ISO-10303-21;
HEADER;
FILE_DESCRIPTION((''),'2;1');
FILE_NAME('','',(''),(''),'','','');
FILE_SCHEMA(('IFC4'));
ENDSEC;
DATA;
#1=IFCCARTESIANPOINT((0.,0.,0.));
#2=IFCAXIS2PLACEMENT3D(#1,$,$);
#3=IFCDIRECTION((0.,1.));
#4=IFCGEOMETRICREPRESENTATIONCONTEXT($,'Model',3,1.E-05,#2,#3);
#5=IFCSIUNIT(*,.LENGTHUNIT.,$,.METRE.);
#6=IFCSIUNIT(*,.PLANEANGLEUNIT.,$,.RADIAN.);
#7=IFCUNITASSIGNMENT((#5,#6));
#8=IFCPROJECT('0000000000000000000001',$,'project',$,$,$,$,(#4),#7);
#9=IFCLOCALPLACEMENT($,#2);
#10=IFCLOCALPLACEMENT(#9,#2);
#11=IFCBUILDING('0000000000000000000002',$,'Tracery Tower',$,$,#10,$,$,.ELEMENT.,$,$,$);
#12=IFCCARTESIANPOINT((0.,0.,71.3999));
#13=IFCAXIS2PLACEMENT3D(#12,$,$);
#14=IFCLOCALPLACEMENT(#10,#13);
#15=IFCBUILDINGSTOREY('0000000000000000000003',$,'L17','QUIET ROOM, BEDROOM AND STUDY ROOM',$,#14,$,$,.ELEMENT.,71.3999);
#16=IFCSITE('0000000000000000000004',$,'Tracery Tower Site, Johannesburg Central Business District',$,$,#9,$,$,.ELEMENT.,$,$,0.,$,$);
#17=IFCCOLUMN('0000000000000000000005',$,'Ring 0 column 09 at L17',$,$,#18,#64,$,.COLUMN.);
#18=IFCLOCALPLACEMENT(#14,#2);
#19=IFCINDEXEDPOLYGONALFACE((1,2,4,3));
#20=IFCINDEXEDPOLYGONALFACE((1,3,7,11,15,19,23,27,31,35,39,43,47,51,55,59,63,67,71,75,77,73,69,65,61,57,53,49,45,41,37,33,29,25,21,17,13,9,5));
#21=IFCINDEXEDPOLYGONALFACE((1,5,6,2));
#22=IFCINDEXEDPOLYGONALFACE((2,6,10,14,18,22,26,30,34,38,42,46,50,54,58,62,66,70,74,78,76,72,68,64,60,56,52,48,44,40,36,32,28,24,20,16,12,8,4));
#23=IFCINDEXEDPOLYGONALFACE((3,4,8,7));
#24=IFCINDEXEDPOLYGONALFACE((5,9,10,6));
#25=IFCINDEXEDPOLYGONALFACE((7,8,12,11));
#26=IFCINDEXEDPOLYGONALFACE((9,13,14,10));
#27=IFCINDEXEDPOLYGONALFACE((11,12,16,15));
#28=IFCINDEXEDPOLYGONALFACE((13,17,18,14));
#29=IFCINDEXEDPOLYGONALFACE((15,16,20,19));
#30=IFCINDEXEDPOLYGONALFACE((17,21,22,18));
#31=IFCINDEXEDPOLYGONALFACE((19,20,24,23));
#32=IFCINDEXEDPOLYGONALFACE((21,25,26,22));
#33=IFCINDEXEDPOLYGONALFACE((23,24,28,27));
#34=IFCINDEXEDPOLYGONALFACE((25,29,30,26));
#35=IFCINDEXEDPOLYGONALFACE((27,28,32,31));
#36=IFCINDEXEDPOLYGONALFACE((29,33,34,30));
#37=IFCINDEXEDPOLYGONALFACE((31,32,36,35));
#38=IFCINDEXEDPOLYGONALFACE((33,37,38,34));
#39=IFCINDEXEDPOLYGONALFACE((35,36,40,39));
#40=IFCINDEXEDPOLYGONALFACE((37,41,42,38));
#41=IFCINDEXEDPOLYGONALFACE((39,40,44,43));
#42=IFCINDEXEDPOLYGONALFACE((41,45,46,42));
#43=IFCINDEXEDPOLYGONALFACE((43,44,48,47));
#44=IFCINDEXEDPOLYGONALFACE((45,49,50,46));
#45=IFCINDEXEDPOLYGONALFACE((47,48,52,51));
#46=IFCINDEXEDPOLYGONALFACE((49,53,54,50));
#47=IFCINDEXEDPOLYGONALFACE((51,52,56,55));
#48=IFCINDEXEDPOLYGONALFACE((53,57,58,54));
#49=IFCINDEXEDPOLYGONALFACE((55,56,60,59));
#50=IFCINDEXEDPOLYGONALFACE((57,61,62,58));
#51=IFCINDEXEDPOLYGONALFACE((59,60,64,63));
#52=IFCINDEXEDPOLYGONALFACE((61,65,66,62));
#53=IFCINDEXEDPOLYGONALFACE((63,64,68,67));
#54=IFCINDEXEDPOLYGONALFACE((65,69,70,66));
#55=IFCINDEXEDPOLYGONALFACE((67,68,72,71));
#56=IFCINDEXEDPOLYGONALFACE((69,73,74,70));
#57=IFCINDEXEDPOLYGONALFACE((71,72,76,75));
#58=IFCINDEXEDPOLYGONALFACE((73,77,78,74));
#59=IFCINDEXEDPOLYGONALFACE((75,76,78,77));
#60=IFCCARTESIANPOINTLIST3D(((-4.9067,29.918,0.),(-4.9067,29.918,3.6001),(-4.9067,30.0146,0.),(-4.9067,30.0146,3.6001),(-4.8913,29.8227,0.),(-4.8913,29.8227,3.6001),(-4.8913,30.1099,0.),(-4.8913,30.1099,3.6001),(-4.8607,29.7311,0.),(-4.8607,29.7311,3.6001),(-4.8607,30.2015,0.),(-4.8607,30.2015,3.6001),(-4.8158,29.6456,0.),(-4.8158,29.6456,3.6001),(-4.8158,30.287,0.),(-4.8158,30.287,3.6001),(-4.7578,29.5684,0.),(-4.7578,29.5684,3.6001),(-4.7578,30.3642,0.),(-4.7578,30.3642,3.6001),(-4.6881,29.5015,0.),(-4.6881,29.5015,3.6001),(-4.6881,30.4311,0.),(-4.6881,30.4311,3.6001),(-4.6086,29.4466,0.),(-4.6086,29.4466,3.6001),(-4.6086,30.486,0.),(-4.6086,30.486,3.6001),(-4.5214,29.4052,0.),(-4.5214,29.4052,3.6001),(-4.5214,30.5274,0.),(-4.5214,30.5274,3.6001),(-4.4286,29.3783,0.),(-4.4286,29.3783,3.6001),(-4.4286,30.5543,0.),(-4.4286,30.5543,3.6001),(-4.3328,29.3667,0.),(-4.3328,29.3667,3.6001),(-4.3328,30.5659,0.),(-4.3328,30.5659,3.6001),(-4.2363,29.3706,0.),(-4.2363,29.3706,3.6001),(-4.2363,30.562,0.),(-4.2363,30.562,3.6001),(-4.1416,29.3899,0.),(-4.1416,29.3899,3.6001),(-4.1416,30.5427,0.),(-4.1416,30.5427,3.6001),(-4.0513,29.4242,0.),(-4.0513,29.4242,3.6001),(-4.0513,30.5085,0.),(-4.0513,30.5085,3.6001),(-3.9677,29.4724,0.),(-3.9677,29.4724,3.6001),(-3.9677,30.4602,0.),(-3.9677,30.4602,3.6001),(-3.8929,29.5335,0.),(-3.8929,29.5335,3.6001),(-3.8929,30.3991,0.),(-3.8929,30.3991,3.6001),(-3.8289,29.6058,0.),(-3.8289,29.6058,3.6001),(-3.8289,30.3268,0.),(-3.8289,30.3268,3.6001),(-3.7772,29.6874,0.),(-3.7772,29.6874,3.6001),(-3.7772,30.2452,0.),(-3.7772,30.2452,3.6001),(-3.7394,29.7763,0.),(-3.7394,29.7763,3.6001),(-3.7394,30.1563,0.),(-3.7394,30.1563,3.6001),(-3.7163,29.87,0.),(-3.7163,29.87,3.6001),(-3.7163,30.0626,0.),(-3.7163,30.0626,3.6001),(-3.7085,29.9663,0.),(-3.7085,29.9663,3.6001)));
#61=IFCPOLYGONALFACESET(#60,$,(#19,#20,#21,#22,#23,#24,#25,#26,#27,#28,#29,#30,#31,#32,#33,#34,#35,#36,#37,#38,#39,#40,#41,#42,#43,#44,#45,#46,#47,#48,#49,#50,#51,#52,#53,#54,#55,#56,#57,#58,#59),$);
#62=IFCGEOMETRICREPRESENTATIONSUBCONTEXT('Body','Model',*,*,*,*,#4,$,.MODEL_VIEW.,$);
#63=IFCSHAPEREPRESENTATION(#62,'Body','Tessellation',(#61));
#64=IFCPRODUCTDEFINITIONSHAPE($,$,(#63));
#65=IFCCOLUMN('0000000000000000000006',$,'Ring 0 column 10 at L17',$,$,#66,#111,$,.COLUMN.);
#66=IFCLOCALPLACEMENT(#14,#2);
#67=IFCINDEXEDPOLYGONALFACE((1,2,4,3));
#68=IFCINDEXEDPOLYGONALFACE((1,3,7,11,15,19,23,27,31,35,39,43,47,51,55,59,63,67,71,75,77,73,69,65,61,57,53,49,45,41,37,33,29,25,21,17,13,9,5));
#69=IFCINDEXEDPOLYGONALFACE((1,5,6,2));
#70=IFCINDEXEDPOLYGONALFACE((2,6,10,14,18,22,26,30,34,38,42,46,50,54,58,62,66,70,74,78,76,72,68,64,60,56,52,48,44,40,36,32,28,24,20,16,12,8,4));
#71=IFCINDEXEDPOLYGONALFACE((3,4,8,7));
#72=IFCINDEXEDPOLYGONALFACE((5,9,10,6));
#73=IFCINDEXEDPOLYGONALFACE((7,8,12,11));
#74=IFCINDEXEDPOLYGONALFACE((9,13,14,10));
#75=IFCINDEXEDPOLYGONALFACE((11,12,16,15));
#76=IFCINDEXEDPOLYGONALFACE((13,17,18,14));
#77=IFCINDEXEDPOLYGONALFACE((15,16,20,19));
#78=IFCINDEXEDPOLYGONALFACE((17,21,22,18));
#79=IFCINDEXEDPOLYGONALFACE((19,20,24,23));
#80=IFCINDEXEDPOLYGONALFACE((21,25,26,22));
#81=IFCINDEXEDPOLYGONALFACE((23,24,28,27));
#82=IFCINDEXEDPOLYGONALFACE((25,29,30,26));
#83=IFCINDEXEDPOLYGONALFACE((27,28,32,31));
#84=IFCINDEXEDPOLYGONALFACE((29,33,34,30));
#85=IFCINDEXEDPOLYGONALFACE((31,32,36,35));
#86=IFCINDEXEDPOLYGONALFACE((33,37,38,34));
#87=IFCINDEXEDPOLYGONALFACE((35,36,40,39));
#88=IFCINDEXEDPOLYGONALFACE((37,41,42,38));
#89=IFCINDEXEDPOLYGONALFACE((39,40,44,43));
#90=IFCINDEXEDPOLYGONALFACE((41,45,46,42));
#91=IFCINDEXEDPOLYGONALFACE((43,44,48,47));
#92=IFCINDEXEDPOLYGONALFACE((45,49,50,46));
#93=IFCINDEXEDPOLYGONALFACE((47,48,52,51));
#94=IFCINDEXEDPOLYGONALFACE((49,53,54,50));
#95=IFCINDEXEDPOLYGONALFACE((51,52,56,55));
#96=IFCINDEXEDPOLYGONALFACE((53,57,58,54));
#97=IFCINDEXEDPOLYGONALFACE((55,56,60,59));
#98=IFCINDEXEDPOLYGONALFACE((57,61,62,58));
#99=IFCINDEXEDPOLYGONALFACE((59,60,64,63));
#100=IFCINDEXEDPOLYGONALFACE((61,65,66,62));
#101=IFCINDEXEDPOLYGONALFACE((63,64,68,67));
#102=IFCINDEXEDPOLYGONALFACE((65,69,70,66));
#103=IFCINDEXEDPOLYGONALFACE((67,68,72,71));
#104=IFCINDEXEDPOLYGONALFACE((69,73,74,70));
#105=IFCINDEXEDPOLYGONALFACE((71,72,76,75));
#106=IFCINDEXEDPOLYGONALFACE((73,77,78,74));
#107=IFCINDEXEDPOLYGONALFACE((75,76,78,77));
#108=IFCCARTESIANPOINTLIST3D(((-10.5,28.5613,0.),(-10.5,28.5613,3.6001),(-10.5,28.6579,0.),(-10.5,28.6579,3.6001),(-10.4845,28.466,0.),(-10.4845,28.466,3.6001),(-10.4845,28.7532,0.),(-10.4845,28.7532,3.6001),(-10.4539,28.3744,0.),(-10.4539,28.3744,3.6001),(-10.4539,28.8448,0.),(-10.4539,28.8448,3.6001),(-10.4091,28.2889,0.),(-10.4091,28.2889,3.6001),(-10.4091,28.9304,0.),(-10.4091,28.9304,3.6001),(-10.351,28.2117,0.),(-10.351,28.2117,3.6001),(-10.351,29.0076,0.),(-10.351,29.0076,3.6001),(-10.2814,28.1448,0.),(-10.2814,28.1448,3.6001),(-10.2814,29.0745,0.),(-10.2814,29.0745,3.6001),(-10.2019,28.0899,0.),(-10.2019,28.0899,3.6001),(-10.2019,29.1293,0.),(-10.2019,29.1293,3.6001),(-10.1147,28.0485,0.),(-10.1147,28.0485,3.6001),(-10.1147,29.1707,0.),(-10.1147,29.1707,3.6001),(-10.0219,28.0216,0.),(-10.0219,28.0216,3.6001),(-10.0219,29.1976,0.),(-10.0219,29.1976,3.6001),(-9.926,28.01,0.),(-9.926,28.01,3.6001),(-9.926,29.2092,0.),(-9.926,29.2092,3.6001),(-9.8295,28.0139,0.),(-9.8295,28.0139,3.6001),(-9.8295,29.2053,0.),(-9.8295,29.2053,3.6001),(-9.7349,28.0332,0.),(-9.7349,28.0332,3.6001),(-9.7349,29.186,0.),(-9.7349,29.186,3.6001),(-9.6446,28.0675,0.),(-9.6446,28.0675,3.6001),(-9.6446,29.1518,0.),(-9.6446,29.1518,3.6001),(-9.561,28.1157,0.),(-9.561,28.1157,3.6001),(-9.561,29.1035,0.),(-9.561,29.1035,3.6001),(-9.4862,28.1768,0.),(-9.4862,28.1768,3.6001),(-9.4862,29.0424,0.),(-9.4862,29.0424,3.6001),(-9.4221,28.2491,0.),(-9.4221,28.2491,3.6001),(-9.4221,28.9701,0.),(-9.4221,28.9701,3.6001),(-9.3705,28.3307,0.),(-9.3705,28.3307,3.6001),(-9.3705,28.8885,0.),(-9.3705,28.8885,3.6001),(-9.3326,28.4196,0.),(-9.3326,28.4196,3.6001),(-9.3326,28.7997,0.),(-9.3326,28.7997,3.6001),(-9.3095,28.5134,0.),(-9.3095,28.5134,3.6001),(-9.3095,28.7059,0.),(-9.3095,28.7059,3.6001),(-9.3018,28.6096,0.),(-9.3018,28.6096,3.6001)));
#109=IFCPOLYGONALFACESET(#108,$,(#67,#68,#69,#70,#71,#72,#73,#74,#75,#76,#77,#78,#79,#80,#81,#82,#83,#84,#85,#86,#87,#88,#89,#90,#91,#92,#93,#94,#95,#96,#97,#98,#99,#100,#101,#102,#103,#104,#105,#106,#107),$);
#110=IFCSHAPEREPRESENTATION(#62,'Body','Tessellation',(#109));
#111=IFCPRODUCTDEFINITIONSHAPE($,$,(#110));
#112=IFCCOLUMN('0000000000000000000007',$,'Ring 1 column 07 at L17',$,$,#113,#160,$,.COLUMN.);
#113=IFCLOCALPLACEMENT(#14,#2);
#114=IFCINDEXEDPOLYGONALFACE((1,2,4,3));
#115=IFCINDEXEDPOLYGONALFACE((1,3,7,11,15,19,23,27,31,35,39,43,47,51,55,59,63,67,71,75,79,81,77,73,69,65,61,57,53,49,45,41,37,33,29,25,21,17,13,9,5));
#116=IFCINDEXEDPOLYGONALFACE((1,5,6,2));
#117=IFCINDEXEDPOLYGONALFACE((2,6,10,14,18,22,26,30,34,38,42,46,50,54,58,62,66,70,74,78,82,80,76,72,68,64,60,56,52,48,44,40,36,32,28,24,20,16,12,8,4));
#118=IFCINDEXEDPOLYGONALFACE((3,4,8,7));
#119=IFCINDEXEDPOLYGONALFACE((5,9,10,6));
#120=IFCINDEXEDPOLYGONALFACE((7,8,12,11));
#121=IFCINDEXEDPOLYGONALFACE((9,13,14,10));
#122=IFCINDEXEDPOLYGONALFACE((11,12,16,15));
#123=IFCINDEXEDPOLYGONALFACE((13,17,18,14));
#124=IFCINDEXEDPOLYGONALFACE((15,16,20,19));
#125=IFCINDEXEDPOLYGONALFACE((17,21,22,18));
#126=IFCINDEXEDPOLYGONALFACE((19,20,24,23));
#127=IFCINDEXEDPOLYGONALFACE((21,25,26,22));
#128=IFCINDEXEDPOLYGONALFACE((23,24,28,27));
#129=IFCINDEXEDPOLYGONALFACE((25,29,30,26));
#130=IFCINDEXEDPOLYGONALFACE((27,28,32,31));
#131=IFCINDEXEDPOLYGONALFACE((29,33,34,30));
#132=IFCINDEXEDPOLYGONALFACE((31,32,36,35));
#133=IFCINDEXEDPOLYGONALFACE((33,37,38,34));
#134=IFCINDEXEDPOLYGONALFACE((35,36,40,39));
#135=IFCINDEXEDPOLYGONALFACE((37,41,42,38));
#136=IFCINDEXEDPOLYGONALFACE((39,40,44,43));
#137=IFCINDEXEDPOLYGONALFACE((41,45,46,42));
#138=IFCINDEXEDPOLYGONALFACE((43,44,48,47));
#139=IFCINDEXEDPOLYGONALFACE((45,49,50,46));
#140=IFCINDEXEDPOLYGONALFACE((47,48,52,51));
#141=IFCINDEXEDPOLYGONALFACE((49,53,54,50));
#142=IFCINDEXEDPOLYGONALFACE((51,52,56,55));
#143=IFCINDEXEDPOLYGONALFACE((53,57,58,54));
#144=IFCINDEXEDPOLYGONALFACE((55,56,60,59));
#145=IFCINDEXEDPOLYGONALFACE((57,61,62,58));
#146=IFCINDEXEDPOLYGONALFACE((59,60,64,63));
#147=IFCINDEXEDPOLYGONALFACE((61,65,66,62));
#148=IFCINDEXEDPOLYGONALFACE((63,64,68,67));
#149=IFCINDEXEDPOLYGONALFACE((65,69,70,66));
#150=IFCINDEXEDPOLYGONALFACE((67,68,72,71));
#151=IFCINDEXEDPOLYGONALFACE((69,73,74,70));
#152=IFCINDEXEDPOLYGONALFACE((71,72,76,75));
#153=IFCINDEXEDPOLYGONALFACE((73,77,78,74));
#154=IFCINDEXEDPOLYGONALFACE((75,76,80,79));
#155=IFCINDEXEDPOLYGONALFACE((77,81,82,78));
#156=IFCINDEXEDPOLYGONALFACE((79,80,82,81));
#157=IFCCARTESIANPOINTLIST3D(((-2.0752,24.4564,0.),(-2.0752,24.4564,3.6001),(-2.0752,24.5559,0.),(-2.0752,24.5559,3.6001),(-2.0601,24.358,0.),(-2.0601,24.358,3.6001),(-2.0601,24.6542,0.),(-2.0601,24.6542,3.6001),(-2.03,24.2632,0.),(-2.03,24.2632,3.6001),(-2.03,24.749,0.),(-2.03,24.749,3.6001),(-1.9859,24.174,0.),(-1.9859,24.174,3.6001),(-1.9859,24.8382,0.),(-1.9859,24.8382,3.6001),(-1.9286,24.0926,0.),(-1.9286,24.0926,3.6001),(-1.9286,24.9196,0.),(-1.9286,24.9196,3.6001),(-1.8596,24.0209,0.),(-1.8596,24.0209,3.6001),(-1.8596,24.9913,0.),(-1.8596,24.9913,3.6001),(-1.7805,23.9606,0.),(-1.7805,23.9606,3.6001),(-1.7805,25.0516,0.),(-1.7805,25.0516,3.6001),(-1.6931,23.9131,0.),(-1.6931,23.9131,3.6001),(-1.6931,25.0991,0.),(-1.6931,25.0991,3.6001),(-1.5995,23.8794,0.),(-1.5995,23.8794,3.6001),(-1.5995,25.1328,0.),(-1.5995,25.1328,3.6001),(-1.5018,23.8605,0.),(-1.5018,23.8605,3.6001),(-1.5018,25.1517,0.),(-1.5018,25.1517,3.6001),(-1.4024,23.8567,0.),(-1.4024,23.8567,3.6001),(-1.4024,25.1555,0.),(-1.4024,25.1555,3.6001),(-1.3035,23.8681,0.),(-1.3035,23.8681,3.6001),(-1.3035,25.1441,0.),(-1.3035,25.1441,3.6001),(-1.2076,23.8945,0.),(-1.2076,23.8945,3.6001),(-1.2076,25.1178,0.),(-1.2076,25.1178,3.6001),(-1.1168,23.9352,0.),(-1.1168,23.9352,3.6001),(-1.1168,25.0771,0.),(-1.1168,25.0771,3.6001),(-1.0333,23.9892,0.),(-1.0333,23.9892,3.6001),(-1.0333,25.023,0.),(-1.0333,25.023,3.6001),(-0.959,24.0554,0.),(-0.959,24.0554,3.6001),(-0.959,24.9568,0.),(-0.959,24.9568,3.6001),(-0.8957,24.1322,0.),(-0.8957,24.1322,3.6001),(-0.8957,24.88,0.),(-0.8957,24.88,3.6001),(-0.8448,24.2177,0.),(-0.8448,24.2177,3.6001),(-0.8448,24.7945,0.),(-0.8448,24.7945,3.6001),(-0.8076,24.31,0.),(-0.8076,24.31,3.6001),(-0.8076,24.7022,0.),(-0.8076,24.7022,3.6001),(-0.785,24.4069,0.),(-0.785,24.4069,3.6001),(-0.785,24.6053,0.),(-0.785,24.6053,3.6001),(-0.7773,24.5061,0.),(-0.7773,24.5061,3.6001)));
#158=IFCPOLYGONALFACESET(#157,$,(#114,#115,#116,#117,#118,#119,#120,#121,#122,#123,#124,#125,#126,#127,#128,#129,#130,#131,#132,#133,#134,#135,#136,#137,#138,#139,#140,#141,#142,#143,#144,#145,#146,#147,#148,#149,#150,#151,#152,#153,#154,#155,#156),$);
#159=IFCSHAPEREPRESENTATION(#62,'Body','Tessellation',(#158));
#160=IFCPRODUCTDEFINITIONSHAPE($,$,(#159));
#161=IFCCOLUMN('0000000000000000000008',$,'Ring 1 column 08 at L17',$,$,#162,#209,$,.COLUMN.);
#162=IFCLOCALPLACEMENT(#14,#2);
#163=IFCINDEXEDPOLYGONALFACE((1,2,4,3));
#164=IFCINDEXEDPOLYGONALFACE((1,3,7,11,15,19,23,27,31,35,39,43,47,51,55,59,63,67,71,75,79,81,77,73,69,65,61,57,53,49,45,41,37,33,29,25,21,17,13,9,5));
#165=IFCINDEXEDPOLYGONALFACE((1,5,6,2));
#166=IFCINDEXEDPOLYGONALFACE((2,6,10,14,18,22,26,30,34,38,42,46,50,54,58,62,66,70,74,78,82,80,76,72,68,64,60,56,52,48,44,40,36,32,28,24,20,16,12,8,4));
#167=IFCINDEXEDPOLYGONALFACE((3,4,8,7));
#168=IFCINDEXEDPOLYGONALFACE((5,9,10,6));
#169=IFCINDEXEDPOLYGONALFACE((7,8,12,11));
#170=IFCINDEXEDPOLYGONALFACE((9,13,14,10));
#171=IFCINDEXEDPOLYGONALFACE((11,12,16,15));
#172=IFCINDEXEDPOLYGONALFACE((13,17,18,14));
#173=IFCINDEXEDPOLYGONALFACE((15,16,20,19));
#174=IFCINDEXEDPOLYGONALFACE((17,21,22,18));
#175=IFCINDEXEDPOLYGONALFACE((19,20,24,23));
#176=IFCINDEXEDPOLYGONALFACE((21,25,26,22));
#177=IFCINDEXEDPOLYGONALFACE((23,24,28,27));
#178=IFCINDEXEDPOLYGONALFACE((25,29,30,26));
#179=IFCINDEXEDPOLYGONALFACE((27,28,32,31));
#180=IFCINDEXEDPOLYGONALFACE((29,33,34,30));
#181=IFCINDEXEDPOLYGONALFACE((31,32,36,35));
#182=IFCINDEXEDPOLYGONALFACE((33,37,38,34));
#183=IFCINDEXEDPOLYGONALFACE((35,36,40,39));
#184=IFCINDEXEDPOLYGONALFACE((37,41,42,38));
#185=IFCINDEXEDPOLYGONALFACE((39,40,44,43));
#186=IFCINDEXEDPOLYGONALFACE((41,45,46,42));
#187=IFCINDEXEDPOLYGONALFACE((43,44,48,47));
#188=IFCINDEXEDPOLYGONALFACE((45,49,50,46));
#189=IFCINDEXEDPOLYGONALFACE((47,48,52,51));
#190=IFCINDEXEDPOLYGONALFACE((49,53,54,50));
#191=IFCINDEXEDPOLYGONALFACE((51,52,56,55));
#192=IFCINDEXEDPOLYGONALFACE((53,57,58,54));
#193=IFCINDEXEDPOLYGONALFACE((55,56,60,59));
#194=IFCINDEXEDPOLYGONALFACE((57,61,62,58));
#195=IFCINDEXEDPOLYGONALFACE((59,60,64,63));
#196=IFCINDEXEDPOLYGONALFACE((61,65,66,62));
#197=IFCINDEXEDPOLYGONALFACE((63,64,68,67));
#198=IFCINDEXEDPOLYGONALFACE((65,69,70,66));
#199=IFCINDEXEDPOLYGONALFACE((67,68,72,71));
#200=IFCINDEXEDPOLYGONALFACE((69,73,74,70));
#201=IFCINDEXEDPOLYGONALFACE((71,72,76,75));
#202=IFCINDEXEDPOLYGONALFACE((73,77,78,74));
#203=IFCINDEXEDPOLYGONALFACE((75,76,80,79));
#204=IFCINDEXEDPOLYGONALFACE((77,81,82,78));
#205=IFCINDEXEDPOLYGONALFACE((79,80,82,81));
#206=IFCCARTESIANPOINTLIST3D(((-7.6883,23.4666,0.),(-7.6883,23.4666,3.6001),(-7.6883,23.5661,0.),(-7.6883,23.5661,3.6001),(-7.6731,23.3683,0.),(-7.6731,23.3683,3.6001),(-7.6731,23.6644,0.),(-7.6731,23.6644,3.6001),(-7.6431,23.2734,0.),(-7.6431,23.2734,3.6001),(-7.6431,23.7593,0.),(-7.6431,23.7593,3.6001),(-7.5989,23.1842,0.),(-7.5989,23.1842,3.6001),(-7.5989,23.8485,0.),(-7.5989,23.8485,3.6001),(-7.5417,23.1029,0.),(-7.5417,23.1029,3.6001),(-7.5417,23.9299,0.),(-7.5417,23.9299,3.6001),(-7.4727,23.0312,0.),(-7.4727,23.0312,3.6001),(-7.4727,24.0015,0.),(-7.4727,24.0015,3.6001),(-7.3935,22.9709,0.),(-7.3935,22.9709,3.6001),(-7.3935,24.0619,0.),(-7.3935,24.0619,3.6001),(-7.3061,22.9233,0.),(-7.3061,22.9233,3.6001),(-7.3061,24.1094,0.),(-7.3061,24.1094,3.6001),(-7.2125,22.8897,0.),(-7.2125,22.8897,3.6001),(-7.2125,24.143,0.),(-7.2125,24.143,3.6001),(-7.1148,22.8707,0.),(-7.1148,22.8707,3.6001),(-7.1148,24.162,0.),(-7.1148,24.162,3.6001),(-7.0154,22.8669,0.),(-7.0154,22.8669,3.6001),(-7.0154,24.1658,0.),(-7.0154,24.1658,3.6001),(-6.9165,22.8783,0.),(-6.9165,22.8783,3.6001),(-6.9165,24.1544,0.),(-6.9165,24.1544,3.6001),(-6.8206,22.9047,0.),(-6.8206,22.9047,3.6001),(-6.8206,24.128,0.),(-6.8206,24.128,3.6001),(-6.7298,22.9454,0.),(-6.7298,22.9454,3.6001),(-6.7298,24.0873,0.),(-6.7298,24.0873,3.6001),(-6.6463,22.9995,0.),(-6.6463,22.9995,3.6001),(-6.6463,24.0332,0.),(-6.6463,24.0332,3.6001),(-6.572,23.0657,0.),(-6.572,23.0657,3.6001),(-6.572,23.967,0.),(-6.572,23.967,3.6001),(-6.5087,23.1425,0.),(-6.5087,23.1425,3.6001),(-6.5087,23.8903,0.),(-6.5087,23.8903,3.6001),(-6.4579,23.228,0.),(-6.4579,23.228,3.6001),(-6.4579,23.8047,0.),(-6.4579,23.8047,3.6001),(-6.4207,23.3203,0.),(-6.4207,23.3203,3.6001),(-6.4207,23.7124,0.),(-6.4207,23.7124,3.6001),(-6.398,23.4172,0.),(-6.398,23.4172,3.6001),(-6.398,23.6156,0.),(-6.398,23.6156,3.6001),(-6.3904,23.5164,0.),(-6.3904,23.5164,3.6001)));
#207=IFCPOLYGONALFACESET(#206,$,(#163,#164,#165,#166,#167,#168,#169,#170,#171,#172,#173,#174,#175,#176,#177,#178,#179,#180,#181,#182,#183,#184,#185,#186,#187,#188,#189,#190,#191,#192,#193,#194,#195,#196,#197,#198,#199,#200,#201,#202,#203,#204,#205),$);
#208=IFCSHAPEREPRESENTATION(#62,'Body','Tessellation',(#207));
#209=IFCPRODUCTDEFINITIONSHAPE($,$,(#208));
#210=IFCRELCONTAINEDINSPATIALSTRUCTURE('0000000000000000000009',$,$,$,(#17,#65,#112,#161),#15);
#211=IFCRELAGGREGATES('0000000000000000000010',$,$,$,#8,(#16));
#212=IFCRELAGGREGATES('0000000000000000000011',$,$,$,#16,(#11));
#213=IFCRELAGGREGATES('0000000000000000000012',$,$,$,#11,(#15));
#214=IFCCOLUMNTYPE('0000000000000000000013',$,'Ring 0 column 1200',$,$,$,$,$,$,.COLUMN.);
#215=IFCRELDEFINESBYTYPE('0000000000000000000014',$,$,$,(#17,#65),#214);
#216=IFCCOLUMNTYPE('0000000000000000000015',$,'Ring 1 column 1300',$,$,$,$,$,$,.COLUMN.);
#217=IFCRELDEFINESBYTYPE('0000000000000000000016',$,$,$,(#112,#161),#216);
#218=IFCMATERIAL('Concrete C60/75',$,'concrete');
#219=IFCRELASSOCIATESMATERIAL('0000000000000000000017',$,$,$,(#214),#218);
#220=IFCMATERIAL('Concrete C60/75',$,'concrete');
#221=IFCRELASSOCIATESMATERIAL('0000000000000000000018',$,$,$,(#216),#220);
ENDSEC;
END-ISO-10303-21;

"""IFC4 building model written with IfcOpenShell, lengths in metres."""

from ifc_helpers import new_model, si_unit, direction, frame, origin, origin_2d, place, context, subcontext, project, spatial, circle, extrude, material, material_profile, profile_set, type_object, element, save


model = new_model("IFC4")

# Units and contexts
model_context = context("Model", 3, precision=1e-05, world=origin(), true_north=direction((0.0, 1.0)))
body_context = subcontext(model_context, "Body", "Model", "MODEL_VIEW")
ifc_project = project(units=[si_unit("LENGTHUNIT", "METRE"), si_unit("PLANEANGLEUNIT", "RADIAN")], contexts=[model_context])

# Site, building, storey
site_placement = place(None, origin())
site = spatial("IfcSite", under=ifc_project, at=site_placement, Name="Tracery Tower Site, Johannesburg Central Business District", CompositionType="ELEMENT", RefElevation=0.0)
building_placement = place(site_placement, origin())
building = spatial("IfcBuilding", under=site, at=building_placement, Name="Tracery Tower", CompositionType="ELEMENT")
storey_placement = place(building_placement, frame((0.0, 0.0, 71.3999)))
storey = spatial("IfcBuildingStorey", under=building, at=storey_placement, Name="L17", Description="QUIET ROOM, BEDROOM AND STUDY ROOM", CompositionType="ELEMENT", Elevation=71.3999)

# Columns
ifc_material_1 = material(Name="Concrete C60/75", Category="concrete")
ifc_material_profile_1 = material_profile(ifc_material_1, circle(Radius=0.6001, at=origin_2d()), Name="RC D1200")
ifc_profile_set_1 = profile_set([ifc_material_profile_1], Name="Concrete C60/75")
column_type_1 = type_object("IfcColumnType", Name="Ring 0 column 1200", PredefinedType="COLUMN", material=ifc_profile_set_1)
for number, where, z_axis, x_axis, name in (
    (1, (-4.3086, 29.9663, 0.0), (0.0, 0.0, 1.0), (1.0, 0.0, 0.0), "Ring 0 column 09 at L17"),
    (2, (-9.9019, 28.6096, 0.0), (0.0, 0.0, 1.0), (1.0, 0.0, 0.0), "Ring 0 column 10 at L17"),
):
    element("IfcColumn", number, at=place(storey_placement, frame(where, z_axis=z_axis, x_axis=x_axis)), inside=storey, type_object=column_type_1, Name=name, PredefinedType="COLUMN", context=body_context, shape_type="SweptSolid", body=[
        extrude(circle(Radius=0.6001, at=origin_2d()), origin(), (0.0, 0.0, 1.0), 3.6001),
    ])
ifc_material_2 = material(Name="Concrete C60/75", Category="concrete")
ifc_material_profile_2 = material_profile(ifc_material_2, circle(Radius=0.6499, at=origin_2d()), Name="RC D1300")
ifc_profile_set_2 = profile_set([ifc_material_profile_2], Name="Concrete C60/75")
column_type_2 = type_object("IfcColumnType", Name="Ring 1 column 1300", PredefinedType="COLUMN", material=ifc_profile_set_2)
for number, where, z_axis, x_axis, name in (
    (3, (-1.4272, 24.5061, 0.0), (0.0, 0.0, 1.0), (1.0, 0.0, 0.0), "Ring 1 column 07 at L17"),
    (4, (-7.0403, 23.5164, 0.0), (0.0, 0.0, 1.0), (1.0, 0.0, 0.0), "Ring 1 column 08 at L17"),
):
    element("IfcColumn", number, at=place(storey_placement, frame(where, z_axis=z_axis, x_axis=x_axis)), inside=storey, type_object=column_type_2, Name=name, PredefinedType="COLUMN", context=body_context, shape_type="SweptSolid", body=[
        extrude(circle(Radius=0.6499, at=origin_2d()), origin(), (0.0, 0.0, 1.0), 3.6001),
    ])

save(model, "model.ifc")
